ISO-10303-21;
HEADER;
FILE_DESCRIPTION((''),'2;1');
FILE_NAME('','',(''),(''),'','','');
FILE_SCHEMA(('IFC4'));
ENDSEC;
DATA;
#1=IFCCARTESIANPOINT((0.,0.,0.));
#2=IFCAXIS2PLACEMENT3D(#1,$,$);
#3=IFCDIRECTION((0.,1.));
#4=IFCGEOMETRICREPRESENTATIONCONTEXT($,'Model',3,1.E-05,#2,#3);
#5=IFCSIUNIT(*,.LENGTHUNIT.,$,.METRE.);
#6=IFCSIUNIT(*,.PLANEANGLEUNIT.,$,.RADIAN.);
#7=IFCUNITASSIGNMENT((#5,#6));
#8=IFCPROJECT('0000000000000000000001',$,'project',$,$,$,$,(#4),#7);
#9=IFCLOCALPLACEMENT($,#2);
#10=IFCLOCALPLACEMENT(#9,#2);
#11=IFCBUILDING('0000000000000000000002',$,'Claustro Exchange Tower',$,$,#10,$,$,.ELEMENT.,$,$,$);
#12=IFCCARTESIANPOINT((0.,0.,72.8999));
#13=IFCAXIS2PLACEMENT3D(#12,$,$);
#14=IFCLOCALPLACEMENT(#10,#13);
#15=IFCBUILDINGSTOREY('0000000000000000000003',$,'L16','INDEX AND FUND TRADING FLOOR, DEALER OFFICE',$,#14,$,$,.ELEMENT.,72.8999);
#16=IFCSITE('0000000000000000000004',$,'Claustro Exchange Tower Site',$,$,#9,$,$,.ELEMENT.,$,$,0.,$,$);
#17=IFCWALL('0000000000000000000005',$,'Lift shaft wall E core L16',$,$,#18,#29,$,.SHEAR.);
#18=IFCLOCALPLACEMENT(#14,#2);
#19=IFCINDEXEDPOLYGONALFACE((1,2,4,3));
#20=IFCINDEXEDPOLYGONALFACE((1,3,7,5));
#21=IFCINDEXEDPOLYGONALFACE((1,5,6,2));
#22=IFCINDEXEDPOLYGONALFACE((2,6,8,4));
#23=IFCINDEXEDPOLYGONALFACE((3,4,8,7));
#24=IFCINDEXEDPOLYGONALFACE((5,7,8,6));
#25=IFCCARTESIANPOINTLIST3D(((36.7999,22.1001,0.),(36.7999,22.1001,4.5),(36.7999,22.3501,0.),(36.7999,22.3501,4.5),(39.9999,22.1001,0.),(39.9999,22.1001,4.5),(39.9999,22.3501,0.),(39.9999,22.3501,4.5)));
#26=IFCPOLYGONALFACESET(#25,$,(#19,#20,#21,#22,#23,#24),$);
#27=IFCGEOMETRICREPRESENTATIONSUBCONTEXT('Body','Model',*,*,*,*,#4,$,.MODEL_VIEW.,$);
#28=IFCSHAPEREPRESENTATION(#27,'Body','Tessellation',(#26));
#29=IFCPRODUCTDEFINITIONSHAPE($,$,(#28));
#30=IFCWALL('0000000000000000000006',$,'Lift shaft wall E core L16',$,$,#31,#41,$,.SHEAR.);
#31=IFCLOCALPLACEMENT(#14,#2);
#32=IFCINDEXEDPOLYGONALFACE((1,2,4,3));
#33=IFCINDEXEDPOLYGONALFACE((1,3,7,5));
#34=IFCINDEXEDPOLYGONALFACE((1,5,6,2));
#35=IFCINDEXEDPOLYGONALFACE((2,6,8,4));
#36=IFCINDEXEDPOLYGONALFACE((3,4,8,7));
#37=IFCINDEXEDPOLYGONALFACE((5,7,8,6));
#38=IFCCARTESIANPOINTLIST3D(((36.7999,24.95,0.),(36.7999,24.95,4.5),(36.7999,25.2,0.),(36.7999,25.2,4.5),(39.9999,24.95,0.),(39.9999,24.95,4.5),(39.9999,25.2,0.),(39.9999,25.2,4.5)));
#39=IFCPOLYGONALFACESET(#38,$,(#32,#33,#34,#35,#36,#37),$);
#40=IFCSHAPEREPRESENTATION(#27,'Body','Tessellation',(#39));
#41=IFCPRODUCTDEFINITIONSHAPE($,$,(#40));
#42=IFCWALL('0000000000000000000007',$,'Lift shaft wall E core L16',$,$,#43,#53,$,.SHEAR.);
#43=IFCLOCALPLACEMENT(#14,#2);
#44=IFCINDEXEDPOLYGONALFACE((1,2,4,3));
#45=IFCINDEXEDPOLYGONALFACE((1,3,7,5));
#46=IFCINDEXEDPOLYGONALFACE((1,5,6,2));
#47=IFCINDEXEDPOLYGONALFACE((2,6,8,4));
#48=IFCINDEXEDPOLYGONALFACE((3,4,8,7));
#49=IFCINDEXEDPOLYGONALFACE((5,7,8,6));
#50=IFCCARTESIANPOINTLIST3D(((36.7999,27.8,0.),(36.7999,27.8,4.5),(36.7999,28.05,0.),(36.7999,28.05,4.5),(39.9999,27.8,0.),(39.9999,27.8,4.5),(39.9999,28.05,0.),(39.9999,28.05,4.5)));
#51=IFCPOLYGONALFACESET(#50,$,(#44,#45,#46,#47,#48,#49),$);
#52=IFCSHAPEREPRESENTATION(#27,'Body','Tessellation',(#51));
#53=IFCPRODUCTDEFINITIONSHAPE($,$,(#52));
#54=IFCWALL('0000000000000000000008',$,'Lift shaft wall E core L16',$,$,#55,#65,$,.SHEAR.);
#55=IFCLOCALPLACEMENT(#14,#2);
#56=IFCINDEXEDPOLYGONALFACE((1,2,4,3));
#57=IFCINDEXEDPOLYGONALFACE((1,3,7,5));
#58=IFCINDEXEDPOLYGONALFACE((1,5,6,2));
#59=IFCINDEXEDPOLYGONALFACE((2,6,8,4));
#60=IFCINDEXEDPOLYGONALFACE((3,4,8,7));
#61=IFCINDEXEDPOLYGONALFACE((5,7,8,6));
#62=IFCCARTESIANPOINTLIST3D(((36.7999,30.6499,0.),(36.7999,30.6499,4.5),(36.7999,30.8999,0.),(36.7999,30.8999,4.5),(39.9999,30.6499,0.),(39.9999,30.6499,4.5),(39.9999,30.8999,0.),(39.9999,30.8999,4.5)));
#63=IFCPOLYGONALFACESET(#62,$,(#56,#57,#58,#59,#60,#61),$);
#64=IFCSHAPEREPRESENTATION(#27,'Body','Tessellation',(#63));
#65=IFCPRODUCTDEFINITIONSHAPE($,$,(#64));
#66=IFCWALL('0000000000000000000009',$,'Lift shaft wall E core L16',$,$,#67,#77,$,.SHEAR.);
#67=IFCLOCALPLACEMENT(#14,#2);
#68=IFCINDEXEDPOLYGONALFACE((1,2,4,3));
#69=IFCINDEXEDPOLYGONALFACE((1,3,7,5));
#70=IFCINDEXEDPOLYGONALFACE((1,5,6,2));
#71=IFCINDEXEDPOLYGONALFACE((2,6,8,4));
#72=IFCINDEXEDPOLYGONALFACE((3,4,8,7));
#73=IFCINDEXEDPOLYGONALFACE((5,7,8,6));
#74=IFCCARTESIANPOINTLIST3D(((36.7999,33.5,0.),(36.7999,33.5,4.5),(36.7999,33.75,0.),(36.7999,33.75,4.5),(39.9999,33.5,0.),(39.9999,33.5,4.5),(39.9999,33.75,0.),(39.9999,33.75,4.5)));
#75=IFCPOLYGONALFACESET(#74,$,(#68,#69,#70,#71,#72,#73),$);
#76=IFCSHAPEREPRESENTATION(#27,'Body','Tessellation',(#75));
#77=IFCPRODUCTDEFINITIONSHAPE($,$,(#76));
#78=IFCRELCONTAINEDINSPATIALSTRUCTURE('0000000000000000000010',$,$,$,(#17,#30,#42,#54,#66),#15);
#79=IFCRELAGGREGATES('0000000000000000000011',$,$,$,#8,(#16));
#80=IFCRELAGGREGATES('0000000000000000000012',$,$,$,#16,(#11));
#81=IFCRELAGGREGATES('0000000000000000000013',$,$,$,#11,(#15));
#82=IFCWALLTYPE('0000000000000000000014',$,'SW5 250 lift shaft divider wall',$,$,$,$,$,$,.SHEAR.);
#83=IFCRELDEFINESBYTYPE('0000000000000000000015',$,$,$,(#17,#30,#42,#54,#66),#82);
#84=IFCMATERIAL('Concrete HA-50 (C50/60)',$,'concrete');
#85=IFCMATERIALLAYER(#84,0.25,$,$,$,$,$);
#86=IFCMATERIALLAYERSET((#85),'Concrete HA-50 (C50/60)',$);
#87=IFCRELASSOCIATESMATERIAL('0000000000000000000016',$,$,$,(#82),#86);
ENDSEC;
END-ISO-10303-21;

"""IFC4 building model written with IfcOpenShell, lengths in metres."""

from ifc_helpers import new_model, si_unit, direction, frame, frame_2d, origin, place, context, subcontext, project, spatial, rectangle, extrude, material, layer, layer_set, type_object, element, save


model = new_model("IFC4")

# Units and contexts
model_context = context("Model", 3, precision=1e-05, world=origin(), true_north=direction((0.0, 1.0)))
body_context = subcontext(model_context, "Body", "Model", "MODEL_VIEW")
ifc_project = project(units=[si_unit("LENGTHUNIT", "METRE"), si_unit("PLANEANGLEUNIT", "RADIAN")], contexts=[model_context])

# Site, building, storey
site_placement = place(None, origin())
site = spatial("IfcSite", under=ifc_project, at=site_placement, Name="Claustro Exchange Tower Site", CompositionType="ELEMENT", RefElevation=0.0)
building_placement = place(site_placement, origin())
building = spatial("IfcBuilding", under=site, at=building_placement, Name="Claustro Exchange Tower", CompositionType="ELEMENT")
storey_placement = place(building_placement, frame((0.0, 0.0, 72.8999)))
storey = spatial("IfcBuildingStorey", under=building, at=storey_placement, Name="L16", Description="INDEX AND FUND TRADING FLOOR, DEALER OFFICE", CompositionType="ELEMENT", Elevation=72.8999)

# Walls
ifc_material_1 = material(Name="Concrete HA-50 (C50/60)", Category="concrete")
ifc_layer_1 = layer(ifc_material_1, 0.25)
ifc_layer_set_1 = layer_set([ifc_layer_1], Name="Concrete HA-50 (C50/60)")
wall_type_1 = type_object("IfcWallType", Name="SW5 250 lift shaft divider wall", PredefinedType="SHEAR", material=ifc_layer_set_1)
for number, where, z_axis, x_axis, name in (
    (1, (40.0, 22.2251, 0.0), (0.0, 0.0, 1.0), (-1.0, 0.0, 0.0), "Lift shaft wall E core L16"),
    (2, (40.0, 25.075, 0.0), (0.0, 0.0, 1.0), (-1.0, 0.0, 0.0), "Lift shaft wall E core L16"),
    (3, (40.0, 27.925, 0.0), (0.0, 0.0, 1.0), (-1.0, 0.0, 0.0), "Lift shaft wall E core L16"),
    (4, (40.0, 30.7749, 0.0), (0.0, 0.0, 1.0), (-1.0, 0.0, 0.0), "Lift shaft wall E core L16"),
    (5, (40.0, 33.625, 0.0), (0.0, 0.0, 1.0), (-1.0, 0.0, 0.0), "Lift shaft wall E core L16"),
):
    element("IfcWall", number, at=place(storey_placement, frame(where, z_axis=z_axis, x_axis=x_axis)), inside=storey, type_object=wall_type_1, Name=name, PredefinedType="SHEAR", context=body_context, shape_type="SweptSolid", body=[
        extrude(rectangle(XDim=3.2, YDim=0.25, at=frame_2d((1.6001, 0.0))), origin(), (0.0, 0.0, 1.0), 4.5),
    ])

save(model, "model.ifc")
